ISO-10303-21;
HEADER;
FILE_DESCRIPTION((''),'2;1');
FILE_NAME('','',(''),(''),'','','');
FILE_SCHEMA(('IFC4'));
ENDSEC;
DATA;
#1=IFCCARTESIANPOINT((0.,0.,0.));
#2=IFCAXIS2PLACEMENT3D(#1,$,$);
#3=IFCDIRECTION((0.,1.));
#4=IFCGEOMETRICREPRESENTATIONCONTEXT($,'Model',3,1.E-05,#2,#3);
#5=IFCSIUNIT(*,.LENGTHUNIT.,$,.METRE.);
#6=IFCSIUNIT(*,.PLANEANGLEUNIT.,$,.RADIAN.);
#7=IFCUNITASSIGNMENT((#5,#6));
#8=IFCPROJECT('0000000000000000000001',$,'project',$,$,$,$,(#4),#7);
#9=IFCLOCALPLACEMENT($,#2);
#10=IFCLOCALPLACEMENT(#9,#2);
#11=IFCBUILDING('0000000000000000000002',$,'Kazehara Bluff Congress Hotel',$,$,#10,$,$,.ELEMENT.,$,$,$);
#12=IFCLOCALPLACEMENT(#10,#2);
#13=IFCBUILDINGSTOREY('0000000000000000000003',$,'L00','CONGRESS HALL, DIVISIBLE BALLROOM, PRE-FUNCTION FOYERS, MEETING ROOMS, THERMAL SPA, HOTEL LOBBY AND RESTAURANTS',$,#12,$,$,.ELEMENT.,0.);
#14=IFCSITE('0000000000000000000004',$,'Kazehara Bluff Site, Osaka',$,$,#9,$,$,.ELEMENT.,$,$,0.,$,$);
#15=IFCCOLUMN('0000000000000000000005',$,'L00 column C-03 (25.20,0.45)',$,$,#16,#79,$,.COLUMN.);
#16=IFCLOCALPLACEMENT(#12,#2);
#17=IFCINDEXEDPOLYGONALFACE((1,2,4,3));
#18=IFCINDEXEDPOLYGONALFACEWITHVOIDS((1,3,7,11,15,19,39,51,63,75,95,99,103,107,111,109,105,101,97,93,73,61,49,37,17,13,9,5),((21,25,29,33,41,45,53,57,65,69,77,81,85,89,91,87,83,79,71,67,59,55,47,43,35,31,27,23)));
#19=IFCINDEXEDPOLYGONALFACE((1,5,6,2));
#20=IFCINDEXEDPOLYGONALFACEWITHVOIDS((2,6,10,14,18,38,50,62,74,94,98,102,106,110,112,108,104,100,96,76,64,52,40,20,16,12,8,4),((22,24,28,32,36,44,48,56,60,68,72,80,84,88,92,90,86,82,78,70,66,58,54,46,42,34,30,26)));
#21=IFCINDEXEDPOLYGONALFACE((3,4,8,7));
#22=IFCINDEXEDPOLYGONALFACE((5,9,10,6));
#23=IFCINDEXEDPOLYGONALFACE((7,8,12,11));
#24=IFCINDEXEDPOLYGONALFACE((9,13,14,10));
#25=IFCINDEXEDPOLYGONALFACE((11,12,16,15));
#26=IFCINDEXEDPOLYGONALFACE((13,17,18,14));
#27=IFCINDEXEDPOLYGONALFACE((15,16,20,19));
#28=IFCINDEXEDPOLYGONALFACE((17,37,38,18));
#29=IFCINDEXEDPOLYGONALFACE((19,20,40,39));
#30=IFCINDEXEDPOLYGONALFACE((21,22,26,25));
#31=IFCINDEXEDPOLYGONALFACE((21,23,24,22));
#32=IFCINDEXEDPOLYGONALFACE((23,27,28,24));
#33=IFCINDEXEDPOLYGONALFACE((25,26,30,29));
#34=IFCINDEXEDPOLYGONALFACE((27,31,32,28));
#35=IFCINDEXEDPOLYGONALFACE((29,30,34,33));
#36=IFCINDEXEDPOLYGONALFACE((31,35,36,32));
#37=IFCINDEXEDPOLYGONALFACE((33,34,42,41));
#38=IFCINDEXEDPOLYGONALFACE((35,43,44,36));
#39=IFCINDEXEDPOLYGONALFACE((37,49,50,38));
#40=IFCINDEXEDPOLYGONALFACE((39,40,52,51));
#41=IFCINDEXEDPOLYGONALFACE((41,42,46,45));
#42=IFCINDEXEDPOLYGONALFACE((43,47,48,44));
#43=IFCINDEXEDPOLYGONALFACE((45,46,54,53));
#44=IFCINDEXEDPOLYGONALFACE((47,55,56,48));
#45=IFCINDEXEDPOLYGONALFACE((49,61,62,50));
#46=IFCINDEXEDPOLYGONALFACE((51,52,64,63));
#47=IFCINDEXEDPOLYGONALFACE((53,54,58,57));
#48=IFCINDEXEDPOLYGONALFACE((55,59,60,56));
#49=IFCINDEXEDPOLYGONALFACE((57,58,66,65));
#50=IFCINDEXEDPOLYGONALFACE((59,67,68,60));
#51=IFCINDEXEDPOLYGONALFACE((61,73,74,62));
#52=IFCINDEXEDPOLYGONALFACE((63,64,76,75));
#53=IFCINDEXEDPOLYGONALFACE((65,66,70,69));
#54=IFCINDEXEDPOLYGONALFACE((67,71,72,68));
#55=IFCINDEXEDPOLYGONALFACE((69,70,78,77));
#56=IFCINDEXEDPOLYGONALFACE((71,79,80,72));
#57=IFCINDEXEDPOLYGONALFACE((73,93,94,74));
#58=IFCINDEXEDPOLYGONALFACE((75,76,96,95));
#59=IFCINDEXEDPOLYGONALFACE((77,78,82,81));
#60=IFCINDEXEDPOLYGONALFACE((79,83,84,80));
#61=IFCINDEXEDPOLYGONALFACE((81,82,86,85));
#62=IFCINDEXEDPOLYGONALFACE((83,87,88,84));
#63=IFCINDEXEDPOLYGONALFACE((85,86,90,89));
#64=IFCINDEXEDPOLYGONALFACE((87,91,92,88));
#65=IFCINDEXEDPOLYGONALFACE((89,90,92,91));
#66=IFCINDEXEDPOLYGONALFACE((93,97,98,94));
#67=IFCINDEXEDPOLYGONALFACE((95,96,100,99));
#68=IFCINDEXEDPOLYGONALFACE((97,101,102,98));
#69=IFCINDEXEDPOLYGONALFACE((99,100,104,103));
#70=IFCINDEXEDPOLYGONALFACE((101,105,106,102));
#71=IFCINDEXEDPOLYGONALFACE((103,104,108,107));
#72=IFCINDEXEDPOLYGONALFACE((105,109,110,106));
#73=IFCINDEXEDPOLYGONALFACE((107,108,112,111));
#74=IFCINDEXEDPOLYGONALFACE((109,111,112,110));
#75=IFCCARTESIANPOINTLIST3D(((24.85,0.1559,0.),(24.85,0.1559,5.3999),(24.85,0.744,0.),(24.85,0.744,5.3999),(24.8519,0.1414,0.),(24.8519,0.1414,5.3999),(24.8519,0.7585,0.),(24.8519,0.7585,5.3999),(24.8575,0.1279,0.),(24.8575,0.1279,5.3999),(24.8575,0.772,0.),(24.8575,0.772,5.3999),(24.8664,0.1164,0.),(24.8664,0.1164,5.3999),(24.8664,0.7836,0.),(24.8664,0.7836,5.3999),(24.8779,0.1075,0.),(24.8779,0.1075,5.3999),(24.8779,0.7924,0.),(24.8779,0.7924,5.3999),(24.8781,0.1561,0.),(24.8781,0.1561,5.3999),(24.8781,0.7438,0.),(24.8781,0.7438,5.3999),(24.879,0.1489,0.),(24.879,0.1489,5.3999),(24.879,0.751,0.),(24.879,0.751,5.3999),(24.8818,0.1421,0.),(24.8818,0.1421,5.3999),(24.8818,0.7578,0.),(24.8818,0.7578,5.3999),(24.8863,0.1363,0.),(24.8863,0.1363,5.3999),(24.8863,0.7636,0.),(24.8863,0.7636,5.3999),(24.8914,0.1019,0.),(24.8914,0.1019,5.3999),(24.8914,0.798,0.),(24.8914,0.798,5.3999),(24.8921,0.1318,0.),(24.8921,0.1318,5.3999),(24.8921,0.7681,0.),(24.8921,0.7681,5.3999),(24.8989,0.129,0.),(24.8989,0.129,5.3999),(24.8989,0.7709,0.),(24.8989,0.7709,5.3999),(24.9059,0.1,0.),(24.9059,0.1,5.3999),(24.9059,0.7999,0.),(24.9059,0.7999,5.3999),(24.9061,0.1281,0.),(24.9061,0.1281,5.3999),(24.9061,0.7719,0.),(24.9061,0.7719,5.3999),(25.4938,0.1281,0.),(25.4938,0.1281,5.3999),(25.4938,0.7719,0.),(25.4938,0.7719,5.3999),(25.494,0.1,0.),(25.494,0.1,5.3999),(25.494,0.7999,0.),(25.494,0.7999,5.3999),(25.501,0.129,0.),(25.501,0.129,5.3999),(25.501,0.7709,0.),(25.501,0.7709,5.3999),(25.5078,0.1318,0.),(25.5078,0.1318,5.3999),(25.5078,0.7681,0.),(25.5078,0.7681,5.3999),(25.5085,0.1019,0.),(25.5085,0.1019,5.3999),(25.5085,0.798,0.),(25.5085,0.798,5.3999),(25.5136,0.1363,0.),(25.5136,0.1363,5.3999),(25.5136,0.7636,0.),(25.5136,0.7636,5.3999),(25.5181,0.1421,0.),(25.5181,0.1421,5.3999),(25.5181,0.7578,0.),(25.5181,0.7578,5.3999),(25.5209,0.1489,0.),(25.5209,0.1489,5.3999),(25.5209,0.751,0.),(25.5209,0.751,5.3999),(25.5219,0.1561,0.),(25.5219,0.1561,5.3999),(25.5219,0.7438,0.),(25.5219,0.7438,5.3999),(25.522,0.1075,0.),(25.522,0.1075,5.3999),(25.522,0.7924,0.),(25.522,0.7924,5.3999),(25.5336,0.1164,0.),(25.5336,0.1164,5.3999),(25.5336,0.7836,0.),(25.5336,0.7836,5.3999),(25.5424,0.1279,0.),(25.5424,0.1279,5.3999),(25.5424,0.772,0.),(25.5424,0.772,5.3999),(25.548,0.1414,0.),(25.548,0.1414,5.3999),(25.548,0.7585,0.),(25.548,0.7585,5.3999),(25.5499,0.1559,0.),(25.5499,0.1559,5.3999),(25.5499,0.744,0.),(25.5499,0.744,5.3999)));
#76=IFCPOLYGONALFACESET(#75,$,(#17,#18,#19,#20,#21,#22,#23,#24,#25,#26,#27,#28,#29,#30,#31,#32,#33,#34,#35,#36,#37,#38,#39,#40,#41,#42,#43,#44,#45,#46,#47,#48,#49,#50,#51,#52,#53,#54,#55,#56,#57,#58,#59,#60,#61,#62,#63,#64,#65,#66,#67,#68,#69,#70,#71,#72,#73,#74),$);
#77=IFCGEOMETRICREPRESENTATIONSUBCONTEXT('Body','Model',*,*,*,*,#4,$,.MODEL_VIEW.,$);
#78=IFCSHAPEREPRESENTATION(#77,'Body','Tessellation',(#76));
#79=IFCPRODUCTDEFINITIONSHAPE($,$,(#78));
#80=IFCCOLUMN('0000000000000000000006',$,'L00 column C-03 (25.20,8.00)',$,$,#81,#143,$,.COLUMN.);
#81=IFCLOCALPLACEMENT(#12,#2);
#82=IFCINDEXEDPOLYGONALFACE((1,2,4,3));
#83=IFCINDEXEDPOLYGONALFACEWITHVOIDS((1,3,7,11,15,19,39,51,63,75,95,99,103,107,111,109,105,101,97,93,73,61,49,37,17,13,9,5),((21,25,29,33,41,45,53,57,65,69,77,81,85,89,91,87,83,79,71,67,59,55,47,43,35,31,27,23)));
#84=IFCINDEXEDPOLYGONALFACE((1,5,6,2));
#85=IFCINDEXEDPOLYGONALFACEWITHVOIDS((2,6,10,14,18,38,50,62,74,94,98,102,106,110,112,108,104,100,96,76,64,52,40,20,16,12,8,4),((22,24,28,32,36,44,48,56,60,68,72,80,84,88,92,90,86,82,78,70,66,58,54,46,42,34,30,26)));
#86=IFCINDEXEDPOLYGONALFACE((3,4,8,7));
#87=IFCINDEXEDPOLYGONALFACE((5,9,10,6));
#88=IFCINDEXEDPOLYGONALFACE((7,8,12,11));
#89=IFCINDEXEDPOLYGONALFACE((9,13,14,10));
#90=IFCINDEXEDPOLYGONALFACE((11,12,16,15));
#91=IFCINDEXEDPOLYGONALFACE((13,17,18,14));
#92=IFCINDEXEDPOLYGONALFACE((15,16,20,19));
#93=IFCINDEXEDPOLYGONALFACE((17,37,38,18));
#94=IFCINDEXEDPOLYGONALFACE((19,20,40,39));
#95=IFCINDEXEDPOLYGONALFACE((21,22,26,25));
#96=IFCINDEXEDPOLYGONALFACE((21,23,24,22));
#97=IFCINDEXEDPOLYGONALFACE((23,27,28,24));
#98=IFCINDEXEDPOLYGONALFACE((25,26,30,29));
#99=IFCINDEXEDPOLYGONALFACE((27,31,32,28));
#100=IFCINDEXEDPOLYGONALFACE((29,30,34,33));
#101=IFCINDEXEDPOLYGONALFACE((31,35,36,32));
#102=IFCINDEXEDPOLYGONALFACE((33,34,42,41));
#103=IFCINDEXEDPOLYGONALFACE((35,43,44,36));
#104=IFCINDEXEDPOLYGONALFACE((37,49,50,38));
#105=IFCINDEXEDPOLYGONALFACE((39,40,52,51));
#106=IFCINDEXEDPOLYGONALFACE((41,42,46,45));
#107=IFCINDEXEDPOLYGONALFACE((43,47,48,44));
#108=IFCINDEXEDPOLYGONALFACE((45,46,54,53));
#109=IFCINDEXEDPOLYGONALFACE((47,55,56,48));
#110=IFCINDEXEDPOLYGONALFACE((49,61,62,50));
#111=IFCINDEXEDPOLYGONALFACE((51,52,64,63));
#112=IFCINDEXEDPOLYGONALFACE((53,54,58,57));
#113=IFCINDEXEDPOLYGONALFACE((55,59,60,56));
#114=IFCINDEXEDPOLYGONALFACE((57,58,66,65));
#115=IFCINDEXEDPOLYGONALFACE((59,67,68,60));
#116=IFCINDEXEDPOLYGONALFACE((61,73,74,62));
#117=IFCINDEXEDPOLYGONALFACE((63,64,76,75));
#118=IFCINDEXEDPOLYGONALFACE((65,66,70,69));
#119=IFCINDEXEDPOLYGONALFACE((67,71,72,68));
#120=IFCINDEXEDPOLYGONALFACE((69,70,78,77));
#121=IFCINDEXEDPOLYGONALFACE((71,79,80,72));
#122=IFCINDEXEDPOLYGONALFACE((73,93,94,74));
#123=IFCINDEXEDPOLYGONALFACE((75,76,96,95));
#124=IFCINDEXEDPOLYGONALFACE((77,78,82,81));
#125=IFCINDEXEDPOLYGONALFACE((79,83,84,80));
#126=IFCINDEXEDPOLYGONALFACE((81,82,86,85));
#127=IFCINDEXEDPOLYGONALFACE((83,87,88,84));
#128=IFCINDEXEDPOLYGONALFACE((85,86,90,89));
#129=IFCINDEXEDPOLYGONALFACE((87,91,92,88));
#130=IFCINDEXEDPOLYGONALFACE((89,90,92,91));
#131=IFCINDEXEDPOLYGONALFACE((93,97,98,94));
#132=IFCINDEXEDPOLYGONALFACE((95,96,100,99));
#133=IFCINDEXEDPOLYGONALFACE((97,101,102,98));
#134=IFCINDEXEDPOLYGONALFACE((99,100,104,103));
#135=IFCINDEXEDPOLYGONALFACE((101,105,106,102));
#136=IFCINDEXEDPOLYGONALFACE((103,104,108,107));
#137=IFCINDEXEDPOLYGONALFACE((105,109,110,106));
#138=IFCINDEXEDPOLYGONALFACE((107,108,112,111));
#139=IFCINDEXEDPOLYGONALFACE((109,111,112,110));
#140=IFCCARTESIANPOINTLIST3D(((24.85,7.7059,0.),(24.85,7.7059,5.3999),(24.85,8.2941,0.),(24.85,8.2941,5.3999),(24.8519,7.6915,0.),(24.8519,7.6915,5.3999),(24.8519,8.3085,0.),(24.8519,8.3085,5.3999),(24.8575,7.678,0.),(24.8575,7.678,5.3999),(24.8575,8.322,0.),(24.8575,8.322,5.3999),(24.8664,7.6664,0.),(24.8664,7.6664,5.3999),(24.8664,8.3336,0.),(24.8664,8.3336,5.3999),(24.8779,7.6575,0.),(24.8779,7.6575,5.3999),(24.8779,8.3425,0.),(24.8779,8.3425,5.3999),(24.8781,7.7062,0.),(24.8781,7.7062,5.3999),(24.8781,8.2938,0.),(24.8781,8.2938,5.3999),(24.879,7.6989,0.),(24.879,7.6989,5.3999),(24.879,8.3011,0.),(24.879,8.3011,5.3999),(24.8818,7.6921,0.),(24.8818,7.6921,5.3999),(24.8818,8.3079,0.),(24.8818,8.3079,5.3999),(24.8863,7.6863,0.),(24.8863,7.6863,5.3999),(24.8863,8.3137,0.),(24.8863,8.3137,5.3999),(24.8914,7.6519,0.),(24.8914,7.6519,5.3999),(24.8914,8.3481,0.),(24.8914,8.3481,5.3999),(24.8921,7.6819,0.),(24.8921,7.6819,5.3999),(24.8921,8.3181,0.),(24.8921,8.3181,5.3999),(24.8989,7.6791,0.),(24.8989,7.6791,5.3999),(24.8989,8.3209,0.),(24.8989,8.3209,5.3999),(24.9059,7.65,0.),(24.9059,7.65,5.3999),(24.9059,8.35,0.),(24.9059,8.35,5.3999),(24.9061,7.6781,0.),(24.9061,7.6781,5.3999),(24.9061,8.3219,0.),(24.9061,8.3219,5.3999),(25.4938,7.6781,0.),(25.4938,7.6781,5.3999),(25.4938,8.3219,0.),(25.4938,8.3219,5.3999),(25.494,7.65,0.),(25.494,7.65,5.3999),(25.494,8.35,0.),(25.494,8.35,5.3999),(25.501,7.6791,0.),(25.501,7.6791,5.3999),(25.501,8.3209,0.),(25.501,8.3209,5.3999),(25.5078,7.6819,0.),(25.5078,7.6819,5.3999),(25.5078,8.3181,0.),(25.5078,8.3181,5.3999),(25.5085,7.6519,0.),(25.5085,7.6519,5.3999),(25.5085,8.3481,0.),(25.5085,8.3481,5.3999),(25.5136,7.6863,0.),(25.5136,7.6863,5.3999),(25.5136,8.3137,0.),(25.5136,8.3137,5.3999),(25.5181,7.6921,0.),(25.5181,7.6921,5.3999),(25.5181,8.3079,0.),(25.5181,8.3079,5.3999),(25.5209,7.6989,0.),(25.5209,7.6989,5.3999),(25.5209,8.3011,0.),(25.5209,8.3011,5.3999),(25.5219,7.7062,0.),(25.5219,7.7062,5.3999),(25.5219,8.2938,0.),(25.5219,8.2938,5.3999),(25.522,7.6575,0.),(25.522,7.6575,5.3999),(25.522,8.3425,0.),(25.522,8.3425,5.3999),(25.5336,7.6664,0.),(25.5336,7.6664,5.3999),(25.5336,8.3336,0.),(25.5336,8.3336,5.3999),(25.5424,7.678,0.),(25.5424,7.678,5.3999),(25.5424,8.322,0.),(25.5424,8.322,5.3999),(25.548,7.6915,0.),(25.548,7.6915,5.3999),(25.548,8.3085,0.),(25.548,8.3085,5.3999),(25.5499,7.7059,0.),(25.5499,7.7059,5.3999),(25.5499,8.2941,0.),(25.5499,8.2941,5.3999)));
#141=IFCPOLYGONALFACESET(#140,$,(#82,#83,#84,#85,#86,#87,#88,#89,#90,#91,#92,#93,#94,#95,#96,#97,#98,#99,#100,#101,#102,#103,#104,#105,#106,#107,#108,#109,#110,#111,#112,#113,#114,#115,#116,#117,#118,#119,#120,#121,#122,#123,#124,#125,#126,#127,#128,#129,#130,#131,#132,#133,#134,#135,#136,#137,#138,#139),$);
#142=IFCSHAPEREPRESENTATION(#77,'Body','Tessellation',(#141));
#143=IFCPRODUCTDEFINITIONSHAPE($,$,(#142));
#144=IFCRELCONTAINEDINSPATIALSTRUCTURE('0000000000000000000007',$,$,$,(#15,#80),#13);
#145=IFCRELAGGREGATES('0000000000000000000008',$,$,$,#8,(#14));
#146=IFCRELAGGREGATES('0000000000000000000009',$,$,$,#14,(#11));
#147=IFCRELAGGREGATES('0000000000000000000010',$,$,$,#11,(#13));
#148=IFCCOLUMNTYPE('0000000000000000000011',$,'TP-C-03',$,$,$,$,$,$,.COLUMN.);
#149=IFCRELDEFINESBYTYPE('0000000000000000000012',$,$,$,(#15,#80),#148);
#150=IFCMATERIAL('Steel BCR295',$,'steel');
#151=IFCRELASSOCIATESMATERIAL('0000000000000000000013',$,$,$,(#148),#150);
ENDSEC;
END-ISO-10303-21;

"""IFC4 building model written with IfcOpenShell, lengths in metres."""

from ifc_helpers import new_model, si_unit, direction, frame, origin, origin_2d, place, context, subcontext, project, spatial, hollow_rectangle, extrude, material, material_profile, profile_set, type_object, element, save


model = new_model("IFC4")

# Units and contexts
model_context = context("Model", 3, precision=1e-05, world=origin(), true_north=direction((0.0, 1.0)))
body_context = subcontext(model_context, "Body", "Model", "MODEL_VIEW")
ifc_project = project(units=[si_unit("LENGTHUNIT", "METRE"), si_unit("PLANEANGLEUNIT", "RADIAN")], contexts=[model_context])

# Site, building, storey
site_placement = place(None, origin())
site = spatial("IfcSite", under=ifc_project, at=site_placement, Name="Kazehara Bluff Site, Osaka", CompositionType="ELEMENT", RefElevation=0.0)
building_placement = place(site_placement, origin())
building = spatial("IfcBuilding", under=site, at=building_placement, Name="Kazehara Bluff Congress Hotel", CompositionType="ELEMENT")
storey_placement = place(building_placement, origin())
storey = spatial("IfcBuildingStorey", under=building, at=storey_placement, Name="L00", Description="CONGRESS HALL, DIVISIBLE BALLROOM, PRE-FUNCTION FOYERS, MEETING ROOMS, THERMAL SPA, HOTEL LOBBY AND RESTAURANTS", CompositionType="ELEMENT", Elevation=0.0)

# Columns
ifc_material_1 = material(Name="Steel BCR295", Category="steel")
ifc_material_profile_1 = material_profile(ifc_material_1, hollow_rectangle(XDim=0.7, YDim=0.7, WallThickness=0.0281, InnerFilletRadius=0.0281, OuterFilletRadius=0.0559, at=origin_2d()))
ifc_profile_set_1 = profile_set([ifc_material_profile_1], Name="Steel BCR295")
column_type = type_object("IfcColumnType", Name="TP-C-03", PredefinedType="COLUMN", material=ifc_profile_set_1)
for number, where, z_axis, x_axis, name in (
    (1, (25.2, 0.45, 0.0), (0.0, 0.0, 1.0), (1.0, 0.0, 0.0), "L00 column C-03 (25.20,0.45)"),
    (2, (25.2, 8.0, 0.0), (0.0, 0.0, 1.0), (1.0, 0.0, 0.0), "L00 column C-03 (25.20,8.00)"),
):
    element("IfcColumn", number, at=place(storey_placement, frame(where, z_axis=z_axis, x_axis=x_axis)), inside=storey, type_object=column_type, Name=name, PredefinedType="COLUMN", context=body_context, shape_type="SweptSolid", body=[
        extrude(hollow_rectangle(XDim=0.7, YDim=0.7, WallThickness=0.0281, InnerFilletRadius=0.0281, OuterFilletRadius=0.0559, at=origin_2d()), origin(), (0.0, 0.0, 1.0), 5.3999),
    ])

save(model, "model.ifc")
